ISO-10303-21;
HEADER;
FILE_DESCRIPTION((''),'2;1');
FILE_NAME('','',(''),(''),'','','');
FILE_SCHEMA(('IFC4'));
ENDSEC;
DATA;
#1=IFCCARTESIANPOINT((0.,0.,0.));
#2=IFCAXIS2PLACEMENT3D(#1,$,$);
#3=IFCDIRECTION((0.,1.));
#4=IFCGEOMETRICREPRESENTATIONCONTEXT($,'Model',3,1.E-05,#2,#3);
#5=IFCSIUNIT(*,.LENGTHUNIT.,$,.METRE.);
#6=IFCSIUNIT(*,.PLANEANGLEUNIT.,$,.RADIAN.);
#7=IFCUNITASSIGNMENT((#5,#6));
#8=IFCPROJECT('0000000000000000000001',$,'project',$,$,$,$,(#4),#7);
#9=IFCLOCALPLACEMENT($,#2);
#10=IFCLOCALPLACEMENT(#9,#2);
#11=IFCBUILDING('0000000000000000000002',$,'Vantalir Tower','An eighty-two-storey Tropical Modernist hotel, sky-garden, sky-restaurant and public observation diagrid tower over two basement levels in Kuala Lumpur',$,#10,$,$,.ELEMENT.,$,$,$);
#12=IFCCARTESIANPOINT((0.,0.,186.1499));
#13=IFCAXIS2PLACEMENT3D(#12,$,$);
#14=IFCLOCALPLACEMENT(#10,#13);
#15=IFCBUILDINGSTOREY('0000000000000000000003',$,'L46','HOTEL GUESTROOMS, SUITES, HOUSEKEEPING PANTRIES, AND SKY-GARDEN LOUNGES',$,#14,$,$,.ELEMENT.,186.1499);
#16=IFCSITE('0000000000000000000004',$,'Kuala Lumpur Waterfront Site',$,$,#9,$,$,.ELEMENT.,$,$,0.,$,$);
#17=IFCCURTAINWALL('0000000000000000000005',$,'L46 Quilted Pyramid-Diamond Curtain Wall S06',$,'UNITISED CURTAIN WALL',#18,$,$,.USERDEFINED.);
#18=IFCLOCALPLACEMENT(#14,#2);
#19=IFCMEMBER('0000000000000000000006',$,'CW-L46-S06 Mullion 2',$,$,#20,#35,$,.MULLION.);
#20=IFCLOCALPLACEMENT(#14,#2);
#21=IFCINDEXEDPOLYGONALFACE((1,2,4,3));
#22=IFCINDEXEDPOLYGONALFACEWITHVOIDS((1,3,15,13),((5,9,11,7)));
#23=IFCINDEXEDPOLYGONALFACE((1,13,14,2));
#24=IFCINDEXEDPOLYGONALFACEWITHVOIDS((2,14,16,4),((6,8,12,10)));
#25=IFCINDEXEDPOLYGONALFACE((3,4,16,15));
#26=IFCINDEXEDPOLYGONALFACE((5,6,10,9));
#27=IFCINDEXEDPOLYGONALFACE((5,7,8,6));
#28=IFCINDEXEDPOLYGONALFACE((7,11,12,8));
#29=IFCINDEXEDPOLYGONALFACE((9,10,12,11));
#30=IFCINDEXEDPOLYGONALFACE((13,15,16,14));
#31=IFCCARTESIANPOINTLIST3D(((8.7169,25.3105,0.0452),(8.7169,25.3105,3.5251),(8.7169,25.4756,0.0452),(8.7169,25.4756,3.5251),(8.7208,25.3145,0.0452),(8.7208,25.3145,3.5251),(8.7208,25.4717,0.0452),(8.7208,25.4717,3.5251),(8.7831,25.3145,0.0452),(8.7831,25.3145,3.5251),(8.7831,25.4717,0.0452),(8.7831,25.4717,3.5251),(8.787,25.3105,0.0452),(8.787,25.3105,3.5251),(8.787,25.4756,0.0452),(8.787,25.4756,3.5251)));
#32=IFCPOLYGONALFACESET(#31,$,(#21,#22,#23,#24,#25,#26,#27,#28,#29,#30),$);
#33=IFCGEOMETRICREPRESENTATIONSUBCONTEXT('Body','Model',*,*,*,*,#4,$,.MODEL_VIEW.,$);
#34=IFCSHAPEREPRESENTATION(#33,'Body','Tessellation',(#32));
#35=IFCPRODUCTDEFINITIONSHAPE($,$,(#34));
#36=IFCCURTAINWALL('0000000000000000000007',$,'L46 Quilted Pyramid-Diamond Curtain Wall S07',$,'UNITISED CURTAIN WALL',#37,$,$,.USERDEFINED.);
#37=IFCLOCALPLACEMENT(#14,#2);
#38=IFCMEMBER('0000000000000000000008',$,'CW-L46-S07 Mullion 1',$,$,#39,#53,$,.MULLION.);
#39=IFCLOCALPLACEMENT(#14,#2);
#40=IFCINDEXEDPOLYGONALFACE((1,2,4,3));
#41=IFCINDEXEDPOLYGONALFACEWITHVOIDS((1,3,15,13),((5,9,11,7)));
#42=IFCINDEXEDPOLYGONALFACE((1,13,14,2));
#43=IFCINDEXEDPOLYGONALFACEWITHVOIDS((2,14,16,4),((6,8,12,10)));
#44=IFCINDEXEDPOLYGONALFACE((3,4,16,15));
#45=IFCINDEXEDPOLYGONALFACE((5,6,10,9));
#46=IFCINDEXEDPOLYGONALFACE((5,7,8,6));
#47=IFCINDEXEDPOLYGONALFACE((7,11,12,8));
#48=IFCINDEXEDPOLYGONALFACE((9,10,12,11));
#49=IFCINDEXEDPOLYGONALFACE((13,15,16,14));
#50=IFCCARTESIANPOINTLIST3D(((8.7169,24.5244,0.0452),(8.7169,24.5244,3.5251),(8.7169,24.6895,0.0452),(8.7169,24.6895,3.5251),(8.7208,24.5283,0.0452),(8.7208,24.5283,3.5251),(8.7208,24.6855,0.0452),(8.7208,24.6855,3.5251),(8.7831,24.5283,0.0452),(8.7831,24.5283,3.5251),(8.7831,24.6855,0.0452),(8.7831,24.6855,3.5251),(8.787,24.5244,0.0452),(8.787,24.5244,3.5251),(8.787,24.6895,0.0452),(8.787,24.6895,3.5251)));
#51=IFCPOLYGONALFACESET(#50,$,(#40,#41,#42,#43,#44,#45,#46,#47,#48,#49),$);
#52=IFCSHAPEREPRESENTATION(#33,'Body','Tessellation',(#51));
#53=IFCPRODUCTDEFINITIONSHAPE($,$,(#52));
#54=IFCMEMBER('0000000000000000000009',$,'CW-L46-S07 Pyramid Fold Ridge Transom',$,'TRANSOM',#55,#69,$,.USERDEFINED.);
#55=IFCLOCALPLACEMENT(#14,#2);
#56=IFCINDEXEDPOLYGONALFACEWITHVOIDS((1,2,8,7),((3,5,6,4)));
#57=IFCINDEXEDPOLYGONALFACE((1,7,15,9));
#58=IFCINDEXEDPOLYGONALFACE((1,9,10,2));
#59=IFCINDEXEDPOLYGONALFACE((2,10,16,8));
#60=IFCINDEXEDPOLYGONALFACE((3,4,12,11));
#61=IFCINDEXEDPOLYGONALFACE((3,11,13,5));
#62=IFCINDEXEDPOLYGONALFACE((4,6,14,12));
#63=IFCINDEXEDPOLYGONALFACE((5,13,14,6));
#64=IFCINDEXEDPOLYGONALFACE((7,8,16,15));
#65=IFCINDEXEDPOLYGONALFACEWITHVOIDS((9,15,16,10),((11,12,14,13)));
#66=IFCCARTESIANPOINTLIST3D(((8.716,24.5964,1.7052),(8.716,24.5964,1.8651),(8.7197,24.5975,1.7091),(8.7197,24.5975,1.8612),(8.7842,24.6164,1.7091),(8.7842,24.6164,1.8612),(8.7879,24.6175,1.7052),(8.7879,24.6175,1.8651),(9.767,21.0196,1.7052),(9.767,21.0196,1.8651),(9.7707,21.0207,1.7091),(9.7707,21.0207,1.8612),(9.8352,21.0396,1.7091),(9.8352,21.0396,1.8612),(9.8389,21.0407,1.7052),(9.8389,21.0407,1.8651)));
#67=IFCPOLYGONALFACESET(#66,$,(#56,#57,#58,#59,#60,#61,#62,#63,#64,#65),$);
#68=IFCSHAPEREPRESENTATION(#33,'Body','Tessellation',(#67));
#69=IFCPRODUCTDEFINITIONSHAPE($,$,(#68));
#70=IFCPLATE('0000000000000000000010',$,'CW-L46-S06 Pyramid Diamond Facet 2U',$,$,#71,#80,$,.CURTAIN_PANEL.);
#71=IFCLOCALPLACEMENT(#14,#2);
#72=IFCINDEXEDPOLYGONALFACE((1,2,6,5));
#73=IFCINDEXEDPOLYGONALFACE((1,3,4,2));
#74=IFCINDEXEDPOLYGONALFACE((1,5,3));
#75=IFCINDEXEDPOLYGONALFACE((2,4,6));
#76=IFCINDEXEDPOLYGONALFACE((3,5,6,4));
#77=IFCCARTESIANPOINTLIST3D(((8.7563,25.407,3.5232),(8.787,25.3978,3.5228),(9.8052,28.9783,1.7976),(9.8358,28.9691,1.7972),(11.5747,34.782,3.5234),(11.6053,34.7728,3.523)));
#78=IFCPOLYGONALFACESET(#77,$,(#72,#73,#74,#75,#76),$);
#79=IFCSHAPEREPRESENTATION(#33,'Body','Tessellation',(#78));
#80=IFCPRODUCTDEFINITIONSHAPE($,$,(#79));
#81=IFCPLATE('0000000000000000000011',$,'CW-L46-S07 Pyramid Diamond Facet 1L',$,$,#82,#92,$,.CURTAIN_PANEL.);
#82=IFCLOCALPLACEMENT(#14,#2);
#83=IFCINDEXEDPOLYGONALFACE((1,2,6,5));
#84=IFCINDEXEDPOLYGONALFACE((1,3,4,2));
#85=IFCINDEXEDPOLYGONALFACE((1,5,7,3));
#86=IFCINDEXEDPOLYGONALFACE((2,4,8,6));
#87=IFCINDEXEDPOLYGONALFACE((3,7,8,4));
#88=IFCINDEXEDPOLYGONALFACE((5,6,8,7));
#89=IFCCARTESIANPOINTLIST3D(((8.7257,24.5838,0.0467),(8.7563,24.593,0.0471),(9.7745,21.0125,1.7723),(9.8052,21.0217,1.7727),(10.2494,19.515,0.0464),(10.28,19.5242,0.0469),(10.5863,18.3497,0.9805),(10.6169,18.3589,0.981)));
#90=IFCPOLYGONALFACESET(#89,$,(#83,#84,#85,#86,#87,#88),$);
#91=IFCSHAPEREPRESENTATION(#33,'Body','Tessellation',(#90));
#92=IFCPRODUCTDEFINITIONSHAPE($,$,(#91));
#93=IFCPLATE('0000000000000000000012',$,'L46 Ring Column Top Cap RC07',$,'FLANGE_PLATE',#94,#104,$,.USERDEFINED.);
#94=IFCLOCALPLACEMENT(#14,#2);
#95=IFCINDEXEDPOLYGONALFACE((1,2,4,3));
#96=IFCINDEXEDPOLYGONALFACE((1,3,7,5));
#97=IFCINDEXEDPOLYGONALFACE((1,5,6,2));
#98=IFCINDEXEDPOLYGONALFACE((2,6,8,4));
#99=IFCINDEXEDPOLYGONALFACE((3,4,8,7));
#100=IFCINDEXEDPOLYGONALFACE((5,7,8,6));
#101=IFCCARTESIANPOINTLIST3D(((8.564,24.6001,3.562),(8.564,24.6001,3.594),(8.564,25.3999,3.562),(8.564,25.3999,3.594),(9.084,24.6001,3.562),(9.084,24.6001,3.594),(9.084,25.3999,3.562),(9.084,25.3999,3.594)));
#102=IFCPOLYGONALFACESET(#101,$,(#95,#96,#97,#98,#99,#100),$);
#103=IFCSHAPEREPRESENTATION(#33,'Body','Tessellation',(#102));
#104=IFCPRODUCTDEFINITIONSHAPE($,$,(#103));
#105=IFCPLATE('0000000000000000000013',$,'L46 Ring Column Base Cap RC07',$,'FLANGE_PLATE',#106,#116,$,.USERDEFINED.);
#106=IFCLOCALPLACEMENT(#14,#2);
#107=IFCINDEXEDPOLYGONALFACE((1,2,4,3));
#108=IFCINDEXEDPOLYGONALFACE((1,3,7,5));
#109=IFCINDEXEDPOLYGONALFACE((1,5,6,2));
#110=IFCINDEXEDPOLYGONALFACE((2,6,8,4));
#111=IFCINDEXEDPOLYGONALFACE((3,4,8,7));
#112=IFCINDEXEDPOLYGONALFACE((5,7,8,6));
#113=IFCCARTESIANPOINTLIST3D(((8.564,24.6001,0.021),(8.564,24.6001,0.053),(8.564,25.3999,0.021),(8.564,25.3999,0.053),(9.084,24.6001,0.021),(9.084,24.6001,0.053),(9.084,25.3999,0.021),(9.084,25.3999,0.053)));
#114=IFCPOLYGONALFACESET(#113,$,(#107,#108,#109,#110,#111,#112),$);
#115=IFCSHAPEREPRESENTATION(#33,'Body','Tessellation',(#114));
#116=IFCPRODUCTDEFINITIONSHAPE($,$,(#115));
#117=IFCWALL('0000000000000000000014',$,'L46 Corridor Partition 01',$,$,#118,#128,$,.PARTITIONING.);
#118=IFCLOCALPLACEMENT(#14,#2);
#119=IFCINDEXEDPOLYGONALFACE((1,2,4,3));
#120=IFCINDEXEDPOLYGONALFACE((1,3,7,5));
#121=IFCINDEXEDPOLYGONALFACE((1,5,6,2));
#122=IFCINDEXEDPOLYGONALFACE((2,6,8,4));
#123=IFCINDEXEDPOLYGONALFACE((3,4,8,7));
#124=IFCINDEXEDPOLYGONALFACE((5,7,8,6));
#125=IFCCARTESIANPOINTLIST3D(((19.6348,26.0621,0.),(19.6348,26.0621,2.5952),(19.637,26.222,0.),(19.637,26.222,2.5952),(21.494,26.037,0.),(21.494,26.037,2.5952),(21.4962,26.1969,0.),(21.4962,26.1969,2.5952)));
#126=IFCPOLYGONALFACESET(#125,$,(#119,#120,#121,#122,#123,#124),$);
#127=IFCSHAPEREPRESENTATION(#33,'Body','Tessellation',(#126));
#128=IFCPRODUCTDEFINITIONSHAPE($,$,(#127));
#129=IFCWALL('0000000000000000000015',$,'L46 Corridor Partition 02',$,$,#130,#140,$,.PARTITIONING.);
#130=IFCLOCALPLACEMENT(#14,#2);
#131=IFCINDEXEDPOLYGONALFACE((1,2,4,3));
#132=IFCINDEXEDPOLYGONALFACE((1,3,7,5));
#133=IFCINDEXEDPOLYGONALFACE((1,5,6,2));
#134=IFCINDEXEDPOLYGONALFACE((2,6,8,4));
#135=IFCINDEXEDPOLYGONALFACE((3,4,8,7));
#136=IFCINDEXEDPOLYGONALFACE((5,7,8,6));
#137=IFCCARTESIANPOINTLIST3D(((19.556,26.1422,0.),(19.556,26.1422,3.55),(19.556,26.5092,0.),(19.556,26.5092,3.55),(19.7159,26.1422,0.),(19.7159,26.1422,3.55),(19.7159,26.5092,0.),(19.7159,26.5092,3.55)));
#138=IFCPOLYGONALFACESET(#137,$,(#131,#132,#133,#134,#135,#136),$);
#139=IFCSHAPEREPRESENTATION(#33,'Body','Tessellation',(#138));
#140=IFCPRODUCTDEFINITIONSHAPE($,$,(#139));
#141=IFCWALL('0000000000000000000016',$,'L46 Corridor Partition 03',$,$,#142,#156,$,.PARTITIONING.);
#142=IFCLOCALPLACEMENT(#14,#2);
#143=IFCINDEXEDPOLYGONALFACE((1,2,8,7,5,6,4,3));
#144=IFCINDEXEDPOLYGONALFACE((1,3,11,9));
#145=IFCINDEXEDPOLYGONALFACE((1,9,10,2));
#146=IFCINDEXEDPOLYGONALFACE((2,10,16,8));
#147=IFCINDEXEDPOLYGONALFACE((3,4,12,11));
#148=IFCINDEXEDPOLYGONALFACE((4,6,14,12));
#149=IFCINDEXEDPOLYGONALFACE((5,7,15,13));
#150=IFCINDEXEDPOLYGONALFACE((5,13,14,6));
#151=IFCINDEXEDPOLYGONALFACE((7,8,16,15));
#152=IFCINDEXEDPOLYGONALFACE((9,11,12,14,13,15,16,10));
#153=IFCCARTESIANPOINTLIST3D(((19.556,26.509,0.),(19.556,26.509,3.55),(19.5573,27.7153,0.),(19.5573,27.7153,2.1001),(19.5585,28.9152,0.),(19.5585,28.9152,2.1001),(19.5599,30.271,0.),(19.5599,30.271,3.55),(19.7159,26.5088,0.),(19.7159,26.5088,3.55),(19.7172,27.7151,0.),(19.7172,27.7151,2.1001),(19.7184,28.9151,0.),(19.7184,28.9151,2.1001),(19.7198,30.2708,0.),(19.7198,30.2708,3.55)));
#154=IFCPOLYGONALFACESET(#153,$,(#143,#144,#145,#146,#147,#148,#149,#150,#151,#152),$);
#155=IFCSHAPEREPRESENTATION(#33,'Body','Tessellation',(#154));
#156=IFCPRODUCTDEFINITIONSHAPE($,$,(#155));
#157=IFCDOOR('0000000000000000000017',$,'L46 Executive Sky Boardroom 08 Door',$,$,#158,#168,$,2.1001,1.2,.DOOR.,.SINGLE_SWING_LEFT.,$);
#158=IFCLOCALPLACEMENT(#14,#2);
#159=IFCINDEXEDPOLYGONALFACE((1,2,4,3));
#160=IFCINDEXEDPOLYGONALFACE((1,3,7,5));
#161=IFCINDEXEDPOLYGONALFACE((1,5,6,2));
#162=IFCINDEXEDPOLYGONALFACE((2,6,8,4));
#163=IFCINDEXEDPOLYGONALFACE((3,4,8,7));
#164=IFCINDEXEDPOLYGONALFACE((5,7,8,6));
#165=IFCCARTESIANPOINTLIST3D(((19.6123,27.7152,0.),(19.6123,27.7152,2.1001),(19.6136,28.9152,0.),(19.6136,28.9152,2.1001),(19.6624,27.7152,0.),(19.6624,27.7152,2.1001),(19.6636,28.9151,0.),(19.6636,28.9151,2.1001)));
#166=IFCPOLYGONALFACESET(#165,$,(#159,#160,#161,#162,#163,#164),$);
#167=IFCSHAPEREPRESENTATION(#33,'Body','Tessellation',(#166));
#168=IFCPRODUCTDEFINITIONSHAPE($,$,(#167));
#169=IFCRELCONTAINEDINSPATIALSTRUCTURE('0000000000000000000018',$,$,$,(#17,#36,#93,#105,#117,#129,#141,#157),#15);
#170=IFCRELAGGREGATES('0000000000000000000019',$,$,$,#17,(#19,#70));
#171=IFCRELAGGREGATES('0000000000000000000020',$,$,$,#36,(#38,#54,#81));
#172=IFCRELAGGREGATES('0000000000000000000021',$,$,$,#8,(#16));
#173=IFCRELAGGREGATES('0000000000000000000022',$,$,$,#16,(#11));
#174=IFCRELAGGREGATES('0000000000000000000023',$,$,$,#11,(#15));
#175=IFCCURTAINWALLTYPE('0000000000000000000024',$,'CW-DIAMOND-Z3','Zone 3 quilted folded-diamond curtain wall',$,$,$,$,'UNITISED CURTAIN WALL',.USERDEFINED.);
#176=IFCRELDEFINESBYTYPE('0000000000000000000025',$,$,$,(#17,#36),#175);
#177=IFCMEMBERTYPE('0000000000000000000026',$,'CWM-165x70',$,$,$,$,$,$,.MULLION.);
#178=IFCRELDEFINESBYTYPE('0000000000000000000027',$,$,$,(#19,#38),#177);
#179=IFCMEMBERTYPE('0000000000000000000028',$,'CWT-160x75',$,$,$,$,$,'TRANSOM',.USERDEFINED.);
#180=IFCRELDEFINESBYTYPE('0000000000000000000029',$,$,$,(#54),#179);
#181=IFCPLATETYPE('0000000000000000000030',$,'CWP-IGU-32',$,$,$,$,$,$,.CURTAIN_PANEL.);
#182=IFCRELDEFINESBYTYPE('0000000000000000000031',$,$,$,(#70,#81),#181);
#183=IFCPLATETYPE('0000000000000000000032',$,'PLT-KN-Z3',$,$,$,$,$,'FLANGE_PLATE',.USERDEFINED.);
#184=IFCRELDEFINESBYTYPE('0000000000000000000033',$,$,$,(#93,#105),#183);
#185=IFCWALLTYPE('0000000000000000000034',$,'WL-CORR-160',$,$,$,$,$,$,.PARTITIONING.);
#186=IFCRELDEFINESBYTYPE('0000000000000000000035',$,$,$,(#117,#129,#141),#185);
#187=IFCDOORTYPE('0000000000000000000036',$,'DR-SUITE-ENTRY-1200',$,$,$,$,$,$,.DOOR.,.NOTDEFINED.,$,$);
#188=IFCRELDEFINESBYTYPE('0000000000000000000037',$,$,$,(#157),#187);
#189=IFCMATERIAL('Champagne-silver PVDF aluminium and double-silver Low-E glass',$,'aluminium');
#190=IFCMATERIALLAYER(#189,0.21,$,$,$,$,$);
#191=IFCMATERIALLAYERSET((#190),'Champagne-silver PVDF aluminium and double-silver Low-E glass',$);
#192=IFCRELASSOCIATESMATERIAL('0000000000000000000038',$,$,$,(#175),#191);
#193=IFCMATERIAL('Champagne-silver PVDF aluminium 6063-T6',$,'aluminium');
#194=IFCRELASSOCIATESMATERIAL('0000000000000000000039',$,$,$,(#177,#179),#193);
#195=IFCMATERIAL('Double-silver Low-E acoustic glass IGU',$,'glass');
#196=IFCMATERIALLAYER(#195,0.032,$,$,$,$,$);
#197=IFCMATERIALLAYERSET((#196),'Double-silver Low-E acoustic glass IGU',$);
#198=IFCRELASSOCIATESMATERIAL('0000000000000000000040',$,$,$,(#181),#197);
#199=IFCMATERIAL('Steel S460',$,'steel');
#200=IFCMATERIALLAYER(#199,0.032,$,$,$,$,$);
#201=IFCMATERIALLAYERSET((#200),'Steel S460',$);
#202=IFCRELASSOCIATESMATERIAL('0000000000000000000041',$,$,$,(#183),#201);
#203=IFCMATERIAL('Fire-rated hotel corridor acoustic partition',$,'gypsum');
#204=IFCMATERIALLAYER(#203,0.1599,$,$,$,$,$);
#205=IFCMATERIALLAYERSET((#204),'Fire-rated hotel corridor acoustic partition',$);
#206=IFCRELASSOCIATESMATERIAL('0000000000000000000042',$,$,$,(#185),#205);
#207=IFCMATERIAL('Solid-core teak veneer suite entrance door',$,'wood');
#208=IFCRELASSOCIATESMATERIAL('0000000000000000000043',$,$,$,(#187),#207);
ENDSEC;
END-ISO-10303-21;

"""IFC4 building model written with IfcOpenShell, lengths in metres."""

from ifc_helpers import new_model, si_unit, direction, frame, frame_2d, origin, origin_2d, place, context, subcontext, project, spatial, polyline, rectangle, hollow_rectangle, outline, extrude, material, layer, layer_set, material_profile, profile_set, type_object, element, fill, aggregate, save


model = new_model("IFC4")

# Units and contexts
model_context = context("Model", 3, precision=1e-05, world=origin(), true_north=direction((0.0, 1.0)))
body_context = subcontext(model_context, "Body", "Model", "MODEL_VIEW")
ifc_project = project(units=[si_unit("LENGTHUNIT", "METRE"), si_unit("PLANEANGLEUNIT", "RADIAN")], contexts=[model_context])

# Site, building, storey
site_placement = place(None, origin())
site = spatial("IfcSite", under=ifc_project, at=site_placement, Name="Kuala Lumpur Waterfront Site", CompositionType="ELEMENT", RefElevation=0.0)
building_placement = place(site_placement, origin())
building = spatial("IfcBuilding", under=site, at=building_placement, Name="Vantalir Tower", Description="An eighty-two-storey Tropical Modernist hotel, sky-garden, sky-restaurant and public observation diagrid tower over two basement levels in Kuala Lumpur", CompositionType="ELEMENT")
storey_placement = place(building_placement, frame((0.0, 0.0, 186.1499)))
storey = spatial("IfcBuildingStorey", under=building, at=storey_placement, Name="L46", Description="HOTEL GUESTROOMS, SUITES, HOUSEKEEPING PANTRIES, AND SKY-GARDEN LOUNGES", CompositionType="ELEMENT", Elevation=186.1499)

# Shared definitions
ifc_material_1 = material(Name="Steel S460", Category="steel")

# Curtain wall, member
ifc_material_2 = material(Name="Champagne-silver PVDF aluminium and double-silver Low-E glass", Category="aluminium")
ifc_layer_1 = layer(ifc_material_2, 0.21)
ifc_layer_set_1 = layer_set([ifc_layer_1], Name="Champagne-silver PVDF aluminium and double-silver Low-E glass")
curtain_wall_type = type_object("IfcCurtainWallType", Name="CW-DIAMOND-Z3", Description="Zone 3 quilted folded-diamond curtain wall", ElementType="UNITISED CURTAIN WALL", PredefinedType="USERDEFINED", material=ifc_layer_set_1)
curtain_wall_1_placement = place(storey_placement, origin())
curtain_wall_1 = element("IfcCurtainWall", 1, at=curtain_wall_1_placement, inside=storey, type_object=curtain_wall_type, Name="L46 Quilted Pyramid-Diamond Curtain Wall S06", ObjectType="UNITISED CURTAIN WALL", PredefinedType="USERDEFINED")
ifc_material_3 = material(Name="Champagne-silver PVDF aluminium 6063-T6", Category="aluminium")
ifc_material_profile_1 = material_profile(ifc_material_3, hollow_rectangle(XDim=0.0701, YDim=0.165, WallThickness=0.0039, at=origin_2d()), Name="Champagne-silver PVDF aluminium 6063-T6")
ifc_profile_set_1 = profile_set([ifc_material_profile_1], Name="Champagne-silver PVDF aluminium 6063-T6")
member_type_1 = type_object("IfcMemberType", Name="CWM-165x70", PredefinedType="MULLION", material=ifc_profile_set_1)
member_1_placement = place(storey_placement, frame((8.752, 25.3931, 0.0452), z_axis=(0.0, 0.0, 1.0), x_axis=(1.0, 0.0, 0.0)))
member_1 = element("IfcMember", 2, at=member_1_placement, type_object=member_type_1, Name="CW-L46-S06 Mullion 2", PredefinedType="MULLION", context=body_context, shape_type="SweptSolid", body=[
    extrude(hollow_rectangle(XDim=0.0701, YDim=0.165, WallThickness=0.0039, at=origin_2d()), origin(), (0.0, 0.0, 1.0), 3.48),
])

# Curtain wall, members
curtain_wall_2_placement = place(storey_placement, origin())
curtain_wall_2 = element("IfcCurtainWall", 3, at=curtain_wall_2_placement, inside=storey, type_object=curtain_wall_type, Name="L46 Quilted Pyramid-Diamond Curtain Wall S07", ObjectType="UNITISED CURTAIN WALL", PredefinedType="USERDEFINED")
member_2_placement = place(storey_placement, frame((8.752, 24.6069, 0.0452), z_axis=(0.0, 0.0, 1.0), x_axis=(1.0, 0.0, 0.0)))
member_2 = element("IfcMember", 4, at=member_2_placement, type_object=member_type_1, Name="CW-L46-S07 Mullion 1", PredefinedType="MULLION", context=body_context, shape_type="SweptSolid", body=[
    extrude(hollow_rectangle(XDim=0.0701, YDim=0.165, WallThickness=0.0039, at=origin_2d()), origin(), (0.0, 0.0, 1.0), 3.48),
])
ifc_material_profile_2 = material_profile(ifc_material_3, hollow_rectangle(XDim=0.075, YDim=0.1599, WallThickness=0.0039, at=origin_2d()), Name="Champagne-silver PVDF aluminium 6063-T6")
ifc_profile_set_2 = profile_set([ifc_material_profile_2], Name="Champagne-silver PVDF aluminium 6063-T6")
member_type_2 = type_object("IfcMemberType", Name="CWT-160x75", ElementType="TRANSOM", PredefinedType="USERDEFINED", material=ifc_profile_set_2)
member_3_placement = place(storey_placement, frame((8.752, 24.6069, 1.7852), z_axis=(0.281918, -0.959438, 0.0), x_axis=(0.959438, 0.281918, 0.0)))
member_3 = element("IfcMember", 5, at=member_3_placement, type_object=member_type_2, Name="CW-L46-S07 Pyramid Fold Ridge Transom", ObjectType="TRANSOM", PredefinedType="USERDEFINED", context=body_context, shape_type="SweptSolid", body=[
    extrude(hollow_rectangle(XDim=0.075, YDim=0.1599, WallThickness=0.0039, at=origin_2d()), origin(), (0.0, 0.0, 1.0), 3.728),
])

# Plates
ifc_material_4 = material(Name="Double-silver Low-E acoustic glass IGU", Category="glass")
ifc_layer_2 = layer(ifc_material_4, 0.032)
ifc_layer_set_2 = layer_set([ifc_layer_2], Name="Double-silver Low-E acoustic glass IGU")
plate_type_1 = type_object("IfcPlateType", Name="CWP-IGU-32", PredefinedType="CURTAIN_PANEL", material=ifc_layer_set_2)
plate_1_placement = place(storey_placement, frame((8.7563, 25.407, 3.5232), z_axis=(-0.957571, 0.287869, 0.013756), x_axis=(0.287897, 0.957661, 0.000025)))
plate_1 = element("IfcPlate", 6, at=plate_1_placement, type_object=plate_type_1, Name="CW-L46-S06 Pyramid Diamond Facet 2U", PredefinedType="CURTAIN_PANEL", context=body_context, shape_type="SweptSolid", body=[
    extrude(outline(polyline([(0.0, 0.0), (9.7895, 0.0), (3.722, 1.7258), (0.0, 0.0)])), origin(), (0.0, 0.0, -1.0), 0.032),
])
aggregate(curtain_wall_1, [member_1, plate_1])
plate_2_placement = place(storey_placement, frame((8.7563, 24.593, 0.0471), z_axis=(0.957579, 0.287845, 0.013701), x_axis=(0.287872, -0.957669, -0.000046)))
plate_2 = element("IfcPlate", 7, at=plate_2_placement, type_object=plate_type_1, Name="CW-L46-S07 Pyramid Diamond Facet 1L", PredefinedType="CURTAIN_PANEL", context=body_context, shape_type="SweptSolid", body=[
    extrude(outline(polyline([(0.0, 0.0), (5.2929, 0.0), (6.5058, -0.9342), (3.722, -1.7259), (0.0, 0.0)])), origin(), (0.0, 0.0, -1.0), 0.032),
])
aggregate(curtain_wall_2, [member_2, member_3, plate_2])

# Plates
ifc_layer_3 = layer(ifc_material_1, 0.032)
ifc_layer_set_3 = layer_set([ifc_layer_3], Name="Steel S460")
plate_type_2 = type_object("IfcPlateType", Name="PLT-KN-Z3", ElementType="FLANGE_PLATE", PredefinedType="USERDEFINED", material=ifc_layer_set_3)
for number, where, z_axis, x_axis, name in (
    (8, (8.564, 25.3999, 3.594), (0.0, 0.0, 1.0), (0.0, -1.0, 0.0), "L46 Ring Column Top Cap RC07"),
    (9, (8.564, 25.3999, 0.053), (0.0, 0.0, 1.0), (0.0, -1.0, 0.0), "L46 Ring Column Base Cap RC07"),
):
    element("IfcPlate", number, at=place(storey_placement, frame(where, z_axis=z_axis, x_axis=x_axis)), inside=storey, type_object=plate_type_2, Name=name, ObjectType="FLANGE_PLATE", PredefinedType="USERDEFINED", context=body_context, shape_type="SweptSolid", body=[
        extrude(outline(polyline([(0.0, 0.0), (0.7998, 0.0), (0.7998, 0.52), (0.0, 0.52), (0.0, 0.0)])), origin(), (0.0, 0.0, -1.0), 0.032),
    ])

# Walls
ifc_material_5 = material(Name="Fire-rated hotel corridor acoustic partition", Category="gypsum")
ifc_layer_4 = layer(ifc_material_5, 0.1599)
ifc_layer_set_4 = layer_set([ifc_layer_4], Name="Fire-rated hotel corridor acoustic partition")
wall_type_1 = type_object("IfcWallType", Name="WL-CORR-160", PredefinedType="PARTITIONING", material=ifc_layer_set_4)
wall_1_placement = place(storey_placement, frame((21.4951, 26.1169, 0.0), z_axis=(0.0, 0.0, 1.0), x_axis=(-0.999909, 0.013525, 0.0)))
element("IfcWall", 10, at=wall_1_placement, inside=storey, type_object=wall_type_1, Name="L46 Corridor Partition 01", PredefinedType="PARTITIONING", context=body_context, shape_type="SweptSolid", body=[
    extrude(rectangle(XDim=1.8594, YDim=0.1599, at=frame_2d((0.9297, 0.0))), origin(), (0.0, 0.0, 1.0), 2.5952),
])
wall_2_placement = place(storey_placement, frame((19.636, 26.1421, 0.0), z_axis=(0.0, 0.0, 1.0), x_axis=(0.0, 1.0, 0.0)))
element("IfcWall", 11, at=wall_2_placement, inside=storey, type_object=wall_type_1, Name="L46 Corridor Partition 02", PredefinedType="PARTITIONING", context=body_context, shape_type="SweptSolid", body=[
    extrude(rectangle(XDim=0.3669, YDim=0.1599, at=frame_2d((0.1836, 0.0))), origin(), (0.0, 0.0, 1.0), 3.55),
])

# Wall, opening, door
wall_3_placement = place(storey_placement, frame((19.636, 26.509, 0.0), z_axis=(0.0, 0.0, 1.0), x_axis=(0.001038, 0.999999, 0.0)))
wall_3 = element("IfcWall", 12, at=wall_3_placement, inside=storey, type_object=wall_type_1, Name="L46 Corridor Partition 03", PredefinedType="PARTITIONING", context=body_context, shape_type="SweptSolid", body=[
    extrude(rectangle(XDim=3.762, YDim=0.1599, at=frame_2d((1.8809, 0.0))), origin(), (0.0, 0.0, 1.0), 3.55),
])
opening_1_placement = place(wall_3_placement, frame((1.2061, 0.0, 0.0)))
opening_1 = element("IfcOpeningElement", 13, at=opening_1_placement, cuts=wall_3, PredefinedType="OPENING", context=body_context, shape_type="SweptSolid", body=[
    extrude(rectangle(XDim=1.2, YDim=2.1001, at=frame_2d((0.6001, 1.05))), frame((0.0, 0.0898, 0.0), z_axis=(0.0, -1.0, 0.0), x_axis=(1.0, 0.0, 0.0)), (0.0, 0.0, 1.0), 0.1799),
])
ifc_material_6 = material(Name="Solid-core teak veneer suite entrance door", Category="wood")
door_type_1 = type_object("IfcDoorType", Name="DR-SUITE-ENTRY-1200", OperationType="NOTDEFINED", PredefinedType="DOOR", material=ifc_material_6)
door_1_placement = place(opening_1_placement, origin())
door_1 = element("IfcDoor", 14, at=door_1_placement, inside=storey, type_object=door_type_1, Name="L46 Executive Sky Boardroom 08 Door", OperationType="SINGLE_SWING_LEFT", OverallHeight=2.1001, OverallWidth=1.2, PredefinedType="DOOR", context=body_context, shape_type="SweptSolid", body=[
    extrude(rectangle(XDim=1.2, YDim=2.1001, at=frame_2d((0.6001, 1.05))), frame((0.0, 0.0249, 0.0), z_axis=(0.0, -1.0, 0.0), x_axis=(1.0, 0.0, 0.0)), (0.0, 0.0, 1.0), 0.05),
])
fill(opening_1, door_1)

save(model, "model.ifc")
